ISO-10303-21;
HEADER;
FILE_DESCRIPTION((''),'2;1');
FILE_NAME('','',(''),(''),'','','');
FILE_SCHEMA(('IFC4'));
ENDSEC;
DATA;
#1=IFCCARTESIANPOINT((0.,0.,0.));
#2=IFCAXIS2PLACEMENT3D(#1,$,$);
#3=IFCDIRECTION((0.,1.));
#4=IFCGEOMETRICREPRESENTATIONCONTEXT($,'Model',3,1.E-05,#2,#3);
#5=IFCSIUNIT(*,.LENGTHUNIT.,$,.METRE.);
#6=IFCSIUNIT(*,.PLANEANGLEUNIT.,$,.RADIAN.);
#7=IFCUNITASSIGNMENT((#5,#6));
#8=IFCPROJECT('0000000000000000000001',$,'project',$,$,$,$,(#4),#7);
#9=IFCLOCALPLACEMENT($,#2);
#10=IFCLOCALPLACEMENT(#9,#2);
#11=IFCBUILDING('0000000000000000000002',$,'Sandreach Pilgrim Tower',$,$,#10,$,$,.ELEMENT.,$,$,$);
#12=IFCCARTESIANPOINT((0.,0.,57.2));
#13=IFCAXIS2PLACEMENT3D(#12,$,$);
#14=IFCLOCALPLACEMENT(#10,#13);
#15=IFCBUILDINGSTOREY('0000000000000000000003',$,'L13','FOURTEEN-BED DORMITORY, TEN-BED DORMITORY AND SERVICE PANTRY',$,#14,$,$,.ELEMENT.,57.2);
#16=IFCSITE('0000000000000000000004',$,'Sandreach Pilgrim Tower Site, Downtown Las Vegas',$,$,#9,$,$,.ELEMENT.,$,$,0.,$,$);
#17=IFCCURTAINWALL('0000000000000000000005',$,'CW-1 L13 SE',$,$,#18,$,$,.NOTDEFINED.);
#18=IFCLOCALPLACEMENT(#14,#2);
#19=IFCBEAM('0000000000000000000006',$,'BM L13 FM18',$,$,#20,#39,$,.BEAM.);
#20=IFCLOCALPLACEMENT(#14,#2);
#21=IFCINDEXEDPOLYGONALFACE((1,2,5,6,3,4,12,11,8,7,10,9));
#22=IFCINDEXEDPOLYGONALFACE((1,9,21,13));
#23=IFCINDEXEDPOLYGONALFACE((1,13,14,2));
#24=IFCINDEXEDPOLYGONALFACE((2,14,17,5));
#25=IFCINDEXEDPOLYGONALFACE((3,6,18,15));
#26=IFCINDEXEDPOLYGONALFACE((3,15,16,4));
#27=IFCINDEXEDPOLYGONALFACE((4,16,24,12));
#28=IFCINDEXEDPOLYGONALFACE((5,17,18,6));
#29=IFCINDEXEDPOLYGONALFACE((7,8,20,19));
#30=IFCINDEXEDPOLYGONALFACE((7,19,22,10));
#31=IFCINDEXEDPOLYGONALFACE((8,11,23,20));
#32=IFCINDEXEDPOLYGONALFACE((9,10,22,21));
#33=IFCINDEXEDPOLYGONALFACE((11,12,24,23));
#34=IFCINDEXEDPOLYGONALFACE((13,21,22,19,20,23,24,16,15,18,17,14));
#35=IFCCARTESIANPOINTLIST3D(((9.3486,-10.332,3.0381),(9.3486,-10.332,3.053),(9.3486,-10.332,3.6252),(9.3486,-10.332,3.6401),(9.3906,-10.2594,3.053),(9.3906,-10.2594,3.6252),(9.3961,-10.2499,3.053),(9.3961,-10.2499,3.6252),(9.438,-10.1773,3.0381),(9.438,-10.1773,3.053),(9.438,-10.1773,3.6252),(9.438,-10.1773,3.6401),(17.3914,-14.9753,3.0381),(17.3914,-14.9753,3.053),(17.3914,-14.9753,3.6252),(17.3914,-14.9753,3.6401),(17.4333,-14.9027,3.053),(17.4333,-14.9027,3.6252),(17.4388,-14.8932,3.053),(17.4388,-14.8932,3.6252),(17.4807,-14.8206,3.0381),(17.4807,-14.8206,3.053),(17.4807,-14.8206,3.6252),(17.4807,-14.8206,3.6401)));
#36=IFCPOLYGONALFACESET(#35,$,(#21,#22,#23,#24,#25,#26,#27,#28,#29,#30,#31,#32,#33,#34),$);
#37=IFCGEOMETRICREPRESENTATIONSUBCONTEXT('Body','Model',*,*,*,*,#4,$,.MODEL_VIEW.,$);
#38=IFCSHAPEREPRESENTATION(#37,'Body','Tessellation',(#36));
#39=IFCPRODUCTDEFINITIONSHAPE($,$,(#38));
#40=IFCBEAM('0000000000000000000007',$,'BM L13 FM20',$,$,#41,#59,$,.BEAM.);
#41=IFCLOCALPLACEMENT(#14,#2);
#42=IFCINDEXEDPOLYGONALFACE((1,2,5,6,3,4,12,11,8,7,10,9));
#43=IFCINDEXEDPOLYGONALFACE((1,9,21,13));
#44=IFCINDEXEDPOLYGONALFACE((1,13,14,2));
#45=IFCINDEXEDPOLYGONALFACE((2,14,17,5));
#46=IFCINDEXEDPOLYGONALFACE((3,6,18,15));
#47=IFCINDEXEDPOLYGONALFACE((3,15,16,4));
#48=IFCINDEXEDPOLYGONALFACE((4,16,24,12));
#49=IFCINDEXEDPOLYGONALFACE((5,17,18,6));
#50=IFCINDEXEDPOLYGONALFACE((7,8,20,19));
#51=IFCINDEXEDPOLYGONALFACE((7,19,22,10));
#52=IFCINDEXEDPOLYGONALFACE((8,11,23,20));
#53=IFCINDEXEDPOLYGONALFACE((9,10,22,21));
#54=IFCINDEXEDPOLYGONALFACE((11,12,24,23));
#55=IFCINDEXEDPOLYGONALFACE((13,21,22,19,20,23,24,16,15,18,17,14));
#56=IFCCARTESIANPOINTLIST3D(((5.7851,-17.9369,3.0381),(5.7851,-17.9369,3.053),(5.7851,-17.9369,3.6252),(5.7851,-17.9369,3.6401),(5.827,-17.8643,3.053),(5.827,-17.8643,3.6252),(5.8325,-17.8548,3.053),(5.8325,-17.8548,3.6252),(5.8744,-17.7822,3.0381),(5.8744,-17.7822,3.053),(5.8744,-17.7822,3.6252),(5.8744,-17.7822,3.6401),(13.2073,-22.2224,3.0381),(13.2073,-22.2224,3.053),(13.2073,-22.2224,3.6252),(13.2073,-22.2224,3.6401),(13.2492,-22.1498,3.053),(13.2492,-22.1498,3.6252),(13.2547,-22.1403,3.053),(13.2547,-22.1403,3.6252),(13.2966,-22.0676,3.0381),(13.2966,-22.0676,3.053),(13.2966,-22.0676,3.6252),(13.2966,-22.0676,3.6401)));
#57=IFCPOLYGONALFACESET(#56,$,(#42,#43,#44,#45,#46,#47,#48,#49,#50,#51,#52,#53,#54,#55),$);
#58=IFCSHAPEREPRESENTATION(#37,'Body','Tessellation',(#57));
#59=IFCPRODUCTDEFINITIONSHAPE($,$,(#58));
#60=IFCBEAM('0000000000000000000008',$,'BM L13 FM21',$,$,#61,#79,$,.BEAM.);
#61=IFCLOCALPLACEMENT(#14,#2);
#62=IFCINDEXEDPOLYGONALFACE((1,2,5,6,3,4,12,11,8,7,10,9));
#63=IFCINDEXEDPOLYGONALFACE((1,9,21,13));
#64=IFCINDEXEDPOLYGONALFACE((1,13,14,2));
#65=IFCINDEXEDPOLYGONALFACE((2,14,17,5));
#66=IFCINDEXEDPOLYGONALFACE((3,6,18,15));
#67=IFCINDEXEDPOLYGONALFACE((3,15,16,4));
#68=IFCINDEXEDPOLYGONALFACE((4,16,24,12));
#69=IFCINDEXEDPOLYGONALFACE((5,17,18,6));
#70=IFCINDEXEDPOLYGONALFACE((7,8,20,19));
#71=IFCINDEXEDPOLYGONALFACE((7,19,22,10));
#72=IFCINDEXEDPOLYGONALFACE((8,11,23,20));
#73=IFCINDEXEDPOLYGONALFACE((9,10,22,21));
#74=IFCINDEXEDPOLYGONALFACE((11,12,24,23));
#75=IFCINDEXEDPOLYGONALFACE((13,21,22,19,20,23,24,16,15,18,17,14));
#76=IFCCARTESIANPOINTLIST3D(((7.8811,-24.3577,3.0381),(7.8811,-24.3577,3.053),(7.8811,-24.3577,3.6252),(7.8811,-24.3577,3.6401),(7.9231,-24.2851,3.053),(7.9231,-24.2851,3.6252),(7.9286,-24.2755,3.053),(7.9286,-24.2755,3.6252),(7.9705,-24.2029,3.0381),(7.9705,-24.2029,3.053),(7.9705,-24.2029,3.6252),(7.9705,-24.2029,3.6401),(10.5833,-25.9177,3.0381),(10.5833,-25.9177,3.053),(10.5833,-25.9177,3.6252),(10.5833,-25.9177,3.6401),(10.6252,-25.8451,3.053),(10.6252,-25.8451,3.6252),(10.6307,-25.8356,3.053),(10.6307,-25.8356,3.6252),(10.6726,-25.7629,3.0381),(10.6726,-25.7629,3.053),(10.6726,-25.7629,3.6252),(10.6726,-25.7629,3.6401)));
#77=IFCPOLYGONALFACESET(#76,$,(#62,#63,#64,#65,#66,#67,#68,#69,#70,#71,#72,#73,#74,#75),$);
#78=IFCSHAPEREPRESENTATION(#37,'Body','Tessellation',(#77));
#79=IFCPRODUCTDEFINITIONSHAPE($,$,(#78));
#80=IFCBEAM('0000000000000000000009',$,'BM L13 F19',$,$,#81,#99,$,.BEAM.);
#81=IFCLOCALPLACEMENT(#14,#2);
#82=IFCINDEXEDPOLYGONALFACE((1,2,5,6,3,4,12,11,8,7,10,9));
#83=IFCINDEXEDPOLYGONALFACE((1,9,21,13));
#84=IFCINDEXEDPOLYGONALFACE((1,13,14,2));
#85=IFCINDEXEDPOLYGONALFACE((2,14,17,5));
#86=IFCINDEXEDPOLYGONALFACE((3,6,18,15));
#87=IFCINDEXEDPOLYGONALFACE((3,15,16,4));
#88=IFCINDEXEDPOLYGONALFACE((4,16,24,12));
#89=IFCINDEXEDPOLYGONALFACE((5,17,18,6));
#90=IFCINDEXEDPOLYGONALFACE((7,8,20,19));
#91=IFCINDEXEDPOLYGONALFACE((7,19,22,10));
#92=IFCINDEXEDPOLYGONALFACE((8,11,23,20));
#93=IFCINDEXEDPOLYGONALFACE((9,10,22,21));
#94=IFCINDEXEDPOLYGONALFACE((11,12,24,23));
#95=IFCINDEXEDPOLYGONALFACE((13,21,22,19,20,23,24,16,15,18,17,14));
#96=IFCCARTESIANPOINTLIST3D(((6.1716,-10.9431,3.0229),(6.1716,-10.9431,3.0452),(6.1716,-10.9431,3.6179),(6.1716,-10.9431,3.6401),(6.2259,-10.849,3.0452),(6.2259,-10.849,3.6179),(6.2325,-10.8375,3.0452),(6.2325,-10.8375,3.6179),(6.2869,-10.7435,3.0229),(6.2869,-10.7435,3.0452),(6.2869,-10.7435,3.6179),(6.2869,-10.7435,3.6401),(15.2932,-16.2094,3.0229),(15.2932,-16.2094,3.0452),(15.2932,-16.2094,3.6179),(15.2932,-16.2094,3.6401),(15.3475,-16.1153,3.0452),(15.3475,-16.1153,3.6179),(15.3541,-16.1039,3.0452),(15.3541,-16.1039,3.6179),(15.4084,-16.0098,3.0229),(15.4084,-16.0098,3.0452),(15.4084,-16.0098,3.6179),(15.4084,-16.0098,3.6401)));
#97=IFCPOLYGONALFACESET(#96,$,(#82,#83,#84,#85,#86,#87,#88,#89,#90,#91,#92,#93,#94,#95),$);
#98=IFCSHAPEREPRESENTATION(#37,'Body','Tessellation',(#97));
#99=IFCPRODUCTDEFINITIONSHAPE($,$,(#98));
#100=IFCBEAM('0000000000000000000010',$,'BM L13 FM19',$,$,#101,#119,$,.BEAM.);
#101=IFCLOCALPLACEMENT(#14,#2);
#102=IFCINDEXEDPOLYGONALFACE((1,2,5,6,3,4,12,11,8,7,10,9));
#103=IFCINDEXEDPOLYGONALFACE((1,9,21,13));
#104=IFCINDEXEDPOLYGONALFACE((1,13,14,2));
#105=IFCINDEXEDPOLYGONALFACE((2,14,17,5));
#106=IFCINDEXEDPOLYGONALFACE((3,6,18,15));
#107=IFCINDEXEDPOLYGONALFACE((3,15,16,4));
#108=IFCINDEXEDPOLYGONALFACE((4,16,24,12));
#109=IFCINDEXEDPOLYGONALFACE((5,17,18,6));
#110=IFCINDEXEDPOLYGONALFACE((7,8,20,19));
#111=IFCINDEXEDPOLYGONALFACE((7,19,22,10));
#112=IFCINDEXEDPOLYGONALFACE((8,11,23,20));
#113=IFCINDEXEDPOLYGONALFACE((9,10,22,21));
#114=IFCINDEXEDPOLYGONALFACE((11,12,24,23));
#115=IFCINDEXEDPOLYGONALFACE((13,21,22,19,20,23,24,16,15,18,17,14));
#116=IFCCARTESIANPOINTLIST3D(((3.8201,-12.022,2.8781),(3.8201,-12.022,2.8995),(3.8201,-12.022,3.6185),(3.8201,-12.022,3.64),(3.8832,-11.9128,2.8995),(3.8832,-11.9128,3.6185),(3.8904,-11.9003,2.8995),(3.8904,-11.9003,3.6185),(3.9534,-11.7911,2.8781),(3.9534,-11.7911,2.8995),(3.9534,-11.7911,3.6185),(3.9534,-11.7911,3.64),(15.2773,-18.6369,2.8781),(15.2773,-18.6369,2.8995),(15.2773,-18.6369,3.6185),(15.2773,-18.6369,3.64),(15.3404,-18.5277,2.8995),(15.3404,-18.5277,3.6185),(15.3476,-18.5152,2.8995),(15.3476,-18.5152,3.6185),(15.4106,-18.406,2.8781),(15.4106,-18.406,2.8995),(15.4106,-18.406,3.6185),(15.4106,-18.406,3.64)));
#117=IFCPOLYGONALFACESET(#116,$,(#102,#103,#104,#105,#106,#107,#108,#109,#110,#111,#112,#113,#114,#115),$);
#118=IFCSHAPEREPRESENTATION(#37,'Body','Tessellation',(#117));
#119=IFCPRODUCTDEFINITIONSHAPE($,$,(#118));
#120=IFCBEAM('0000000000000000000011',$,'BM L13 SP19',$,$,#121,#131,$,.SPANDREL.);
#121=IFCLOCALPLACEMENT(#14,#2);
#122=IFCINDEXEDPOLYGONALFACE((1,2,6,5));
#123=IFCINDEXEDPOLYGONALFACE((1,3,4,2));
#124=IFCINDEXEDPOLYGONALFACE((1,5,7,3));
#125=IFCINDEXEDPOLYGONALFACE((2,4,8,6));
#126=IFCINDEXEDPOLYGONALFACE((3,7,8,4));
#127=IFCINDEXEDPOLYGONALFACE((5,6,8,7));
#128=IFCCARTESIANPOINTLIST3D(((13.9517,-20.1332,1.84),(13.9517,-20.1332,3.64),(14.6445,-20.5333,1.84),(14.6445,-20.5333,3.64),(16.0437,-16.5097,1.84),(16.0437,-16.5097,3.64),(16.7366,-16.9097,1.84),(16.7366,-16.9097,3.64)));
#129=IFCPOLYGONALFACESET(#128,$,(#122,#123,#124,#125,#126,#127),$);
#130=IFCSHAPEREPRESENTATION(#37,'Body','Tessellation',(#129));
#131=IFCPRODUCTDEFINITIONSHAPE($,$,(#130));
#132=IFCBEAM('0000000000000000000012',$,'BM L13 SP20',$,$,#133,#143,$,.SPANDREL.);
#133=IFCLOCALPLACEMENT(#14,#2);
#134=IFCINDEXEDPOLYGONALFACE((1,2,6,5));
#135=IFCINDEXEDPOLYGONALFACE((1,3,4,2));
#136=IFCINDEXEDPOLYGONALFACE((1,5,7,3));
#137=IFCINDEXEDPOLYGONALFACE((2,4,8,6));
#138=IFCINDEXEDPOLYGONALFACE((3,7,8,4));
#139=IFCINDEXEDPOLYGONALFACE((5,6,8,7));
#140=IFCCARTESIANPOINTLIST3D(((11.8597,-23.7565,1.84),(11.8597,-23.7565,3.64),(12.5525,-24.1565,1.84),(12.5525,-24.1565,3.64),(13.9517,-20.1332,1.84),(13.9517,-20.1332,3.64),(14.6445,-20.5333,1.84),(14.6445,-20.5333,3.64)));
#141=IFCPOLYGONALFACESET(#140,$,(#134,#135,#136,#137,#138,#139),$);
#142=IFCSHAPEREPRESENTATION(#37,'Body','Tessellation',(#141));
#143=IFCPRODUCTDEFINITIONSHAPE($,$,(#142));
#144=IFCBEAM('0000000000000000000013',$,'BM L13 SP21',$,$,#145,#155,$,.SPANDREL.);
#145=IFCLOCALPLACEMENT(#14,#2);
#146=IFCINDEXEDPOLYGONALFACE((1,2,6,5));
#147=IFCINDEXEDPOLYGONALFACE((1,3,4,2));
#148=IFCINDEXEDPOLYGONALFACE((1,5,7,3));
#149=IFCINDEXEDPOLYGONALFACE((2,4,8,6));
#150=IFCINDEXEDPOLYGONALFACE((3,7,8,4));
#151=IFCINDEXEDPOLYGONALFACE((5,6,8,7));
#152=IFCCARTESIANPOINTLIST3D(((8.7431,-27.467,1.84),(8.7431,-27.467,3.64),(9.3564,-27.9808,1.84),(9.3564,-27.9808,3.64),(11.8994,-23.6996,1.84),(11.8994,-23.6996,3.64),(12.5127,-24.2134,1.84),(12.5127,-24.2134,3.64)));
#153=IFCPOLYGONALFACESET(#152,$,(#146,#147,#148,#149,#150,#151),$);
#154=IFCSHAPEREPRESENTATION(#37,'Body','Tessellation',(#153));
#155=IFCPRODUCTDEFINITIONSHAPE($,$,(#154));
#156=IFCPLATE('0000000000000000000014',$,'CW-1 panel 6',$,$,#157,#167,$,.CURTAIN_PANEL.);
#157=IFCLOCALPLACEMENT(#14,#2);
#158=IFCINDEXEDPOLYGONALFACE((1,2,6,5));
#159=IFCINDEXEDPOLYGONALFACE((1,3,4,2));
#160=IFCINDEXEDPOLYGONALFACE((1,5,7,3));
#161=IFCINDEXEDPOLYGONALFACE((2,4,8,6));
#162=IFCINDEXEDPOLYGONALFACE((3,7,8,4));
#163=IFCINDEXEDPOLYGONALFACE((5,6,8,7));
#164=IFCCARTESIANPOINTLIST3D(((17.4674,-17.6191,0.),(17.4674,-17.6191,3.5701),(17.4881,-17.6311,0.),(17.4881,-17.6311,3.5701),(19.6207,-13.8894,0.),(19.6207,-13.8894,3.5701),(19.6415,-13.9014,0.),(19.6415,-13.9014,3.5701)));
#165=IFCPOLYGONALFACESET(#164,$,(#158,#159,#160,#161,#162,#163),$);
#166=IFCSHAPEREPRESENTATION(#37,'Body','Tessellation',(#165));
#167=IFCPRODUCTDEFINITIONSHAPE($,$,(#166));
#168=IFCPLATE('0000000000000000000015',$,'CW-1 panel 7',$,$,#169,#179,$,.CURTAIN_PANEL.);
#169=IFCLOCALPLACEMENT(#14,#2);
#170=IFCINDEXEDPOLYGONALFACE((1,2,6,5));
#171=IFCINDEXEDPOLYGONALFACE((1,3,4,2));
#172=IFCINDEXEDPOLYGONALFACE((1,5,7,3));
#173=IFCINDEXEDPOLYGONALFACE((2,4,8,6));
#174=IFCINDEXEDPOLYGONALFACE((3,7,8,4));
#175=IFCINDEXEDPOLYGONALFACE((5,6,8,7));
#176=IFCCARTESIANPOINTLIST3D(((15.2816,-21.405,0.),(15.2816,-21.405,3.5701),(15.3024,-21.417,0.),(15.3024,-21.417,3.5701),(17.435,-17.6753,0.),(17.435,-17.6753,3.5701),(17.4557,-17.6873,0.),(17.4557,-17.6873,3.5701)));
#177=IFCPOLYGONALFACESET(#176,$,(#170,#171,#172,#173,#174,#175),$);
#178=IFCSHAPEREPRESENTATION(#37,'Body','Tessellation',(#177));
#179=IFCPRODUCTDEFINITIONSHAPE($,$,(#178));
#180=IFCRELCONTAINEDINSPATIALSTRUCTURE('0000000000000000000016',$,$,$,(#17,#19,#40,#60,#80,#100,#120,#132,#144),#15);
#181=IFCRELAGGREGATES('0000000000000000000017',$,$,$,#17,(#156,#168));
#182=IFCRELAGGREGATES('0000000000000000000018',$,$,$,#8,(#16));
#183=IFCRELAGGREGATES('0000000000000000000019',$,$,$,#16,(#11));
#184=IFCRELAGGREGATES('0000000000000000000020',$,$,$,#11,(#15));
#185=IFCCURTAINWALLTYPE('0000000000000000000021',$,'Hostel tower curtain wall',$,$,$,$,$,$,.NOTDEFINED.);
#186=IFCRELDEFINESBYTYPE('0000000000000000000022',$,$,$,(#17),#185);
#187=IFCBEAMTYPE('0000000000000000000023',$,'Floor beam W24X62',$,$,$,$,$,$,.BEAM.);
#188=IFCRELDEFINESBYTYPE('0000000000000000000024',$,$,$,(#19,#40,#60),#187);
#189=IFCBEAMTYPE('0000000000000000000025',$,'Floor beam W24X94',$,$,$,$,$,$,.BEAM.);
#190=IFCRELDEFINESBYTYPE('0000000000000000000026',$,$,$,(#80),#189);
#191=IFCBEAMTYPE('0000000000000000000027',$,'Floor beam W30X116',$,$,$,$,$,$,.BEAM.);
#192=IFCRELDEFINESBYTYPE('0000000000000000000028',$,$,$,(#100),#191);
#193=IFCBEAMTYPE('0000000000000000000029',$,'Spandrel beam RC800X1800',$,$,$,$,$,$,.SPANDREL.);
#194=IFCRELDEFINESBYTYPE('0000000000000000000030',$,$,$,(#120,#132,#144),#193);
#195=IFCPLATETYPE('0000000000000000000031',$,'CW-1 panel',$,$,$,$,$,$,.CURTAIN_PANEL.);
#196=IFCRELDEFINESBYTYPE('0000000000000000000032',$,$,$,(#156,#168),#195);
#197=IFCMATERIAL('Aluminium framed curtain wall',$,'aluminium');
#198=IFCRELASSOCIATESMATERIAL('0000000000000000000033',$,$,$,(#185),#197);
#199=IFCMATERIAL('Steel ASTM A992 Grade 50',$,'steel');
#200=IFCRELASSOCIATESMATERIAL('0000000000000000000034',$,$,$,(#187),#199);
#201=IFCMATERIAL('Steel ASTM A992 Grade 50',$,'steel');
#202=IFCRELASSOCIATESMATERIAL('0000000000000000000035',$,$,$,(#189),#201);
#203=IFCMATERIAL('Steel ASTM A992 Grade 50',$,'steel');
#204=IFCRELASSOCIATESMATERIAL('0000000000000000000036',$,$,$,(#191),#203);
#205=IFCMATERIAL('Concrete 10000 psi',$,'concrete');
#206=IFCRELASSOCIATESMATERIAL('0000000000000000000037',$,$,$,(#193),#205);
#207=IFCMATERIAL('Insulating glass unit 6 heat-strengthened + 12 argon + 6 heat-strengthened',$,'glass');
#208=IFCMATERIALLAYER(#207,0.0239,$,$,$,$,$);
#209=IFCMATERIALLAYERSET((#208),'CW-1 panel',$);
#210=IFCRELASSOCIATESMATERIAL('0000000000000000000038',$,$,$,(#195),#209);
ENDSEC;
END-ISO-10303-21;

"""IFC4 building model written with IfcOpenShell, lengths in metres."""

from ifc_helpers import new_model, si_unit, direction, frame, origin, origin_2d, place, context, subcontext, project, spatial, rectangle, i_section, extrude, material, layer, layer_set, material_profile, profile_set, type_object, element, aggregate, save


model = new_model("IFC4")

# Units and contexts
model_context = context("Model", 3, precision=1e-05, world=origin(), true_north=direction((0.0, 1.0)))
body_context = subcontext(model_context, "Body", "Model", "MODEL_VIEW")
ifc_project = project(units=[si_unit("LENGTHUNIT", "METRE"), si_unit("PLANEANGLEUNIT", "RADIAN")], contexts=[model_context])

# Site, building, storey
site_placement = place(None, origin())
site = spatial("IfcSite", under=ifc_project, at=site_placement, Name="Sandreach Pilgrim Tower Site, Downtown Las Vegas", CompositionType="ELEMENT", RefElevation=0.0)
building_placement = place(site_placement, origin())
building = spatial("IfcBuilding", under=site, at=building_placement, Name="Sandreach Pilgrim Tower", CompositionType="ELEMENT")
storey_placement = place(building_placement, frame((0.0, 0.0, 57.2)))
storey = spatial("IfcBuildingStorey", under=building, at=storey_placement, Name="L13", Description="FOURTEEN-BED DORMITORY, TEN-BED DORMITORY AND SERVICE PANTRY", CompositionType="ELEMENT", Elevation=57.2)

# Curtain wall
ifc_material_1 = material(Name="Aluminium framed curtain wall", Category="aluminium")
curtain_wall_type = type_object("IfcCurtainWallType", Name="Hostel tower curtain wall", PredefinedType="NOTDEFINED", material=ifc_material_1)
curtain_wall_placement = place(storey_placement, origin())
curtain_wall = element("IfcCurtainWall", 1, at=curtain_wall_placement, inside=storey, type_object=curtain_wall_type, Name="CW-1 L13 SE", PredefinedType="NOTDEFINED")

# Beams
ifc_material_2 = material(Name="Steel ASTM A992 Grade 50", Category="steel")
ifc_material_profile_1 = material_profile(ifc_material_2, i_section(OverallWidth=0.1787, OverallDepth=0.6021, WebThickness=0.011, FlangeThickness=0.0149, at=origin_2d()), Name="W24X62")
ifc_profile_set_1 = profile_set([ifc_material_profile_1], Name="Steel ASTM A992 Grade 50")
beam_type_1 = type_object("IfcBeamType", Name="Floor beam W24X62", PredefinedType="BEAM", material=ifc_profile_set_1)
beam_1_placement = place(storey_placement, frame((17.436, -14.8979, 3.3391), z_axis=(-0.866033, 0.499987, 0.0), x_axis=(-0.499987, -0.866033, 0.0)))
element("IfcBeam", 2, at=beam_1_placement, inside=storey, type_object=beam_type_1, Name="BM L13 FM18", PredefinedType="BEAM", context=body_context, shape_type="SweptSolid", body=[
    extrude(i_section(OverallWidth=0.1787, OverallDepth=0.6021, WebThickness=0.011, FlangeThickness=0.0149, at=origin_2d()), origin(), (0.0, 0.0, 1.0), 9.2869),
])
beam_2_placement = place(storey_placement, frame((13.252, -22.145, 3.3391), z_axis=(-0.866013, 0.500021, 0.0), x_axis=(-0.500021, -0.866013, 0.0)))
element("IfcBeam", 3, at=beam_2_placement, inside=storey, type_object=beam_type_1, Name="BM L13 FM20", PredefinedType="BEAM", context=body_context, shape_type="SweptSolid", body=[
    extrude(i_section(OverallWidth=0.1787, OverallDepth=0.6021, WebThickness=0.011, FlangeThickness=0.0149, at=origin_2d()), origin(), (0.0, 0.0, 1.0), 8.5706),
])
beam_3_placement = place(storey_placement, frame((10.6279, -25.8403, 3.3391), z_axis=(-0.866029, 0.499993, 0.0), x_axis=(-0.499993, -0.866029, 0.0)))
element("IfcBeam", 4, at=beam_3_placement, inside=storey, type_object=beam_type_1, Name="BM L13 FM21", PredefinedType="BEAM", context=body_context, shape_type="SweptSolid", body=[
    extrude(i_section(OverallWidth=0.1787, OverallDepth=0.6021, WebThickness=0.011, FlangeThickness=0.0149, at=origin_2d()), origin(), (0.0, 0.0, 1.0), 3.1201),
])
ifc_material_3 = material(Name="Steel ASTM A992 Grade 50", Category="steel")
ifc_material_profile_2 = material_profile(ifc_material_3, i_section(OverallWidth=0.2305, OverallDepth=0.6172, WebThickness=0.0132, FlangeThickness=0.0222, at=origin_2d()), Name="W24X94")
ifc_profile_set_2 = profile_set([ifc_material_profile_2], Name="Steel ASTM A992 Grade 50")
beam_type_2 = type_object("IfcBeamType", Name="Floor beam W24X94", PredefinedType="BEAM", material=ifc_profile_set_2)
beam_4_placement = place(storey_placement, frame((15.3508, -16.1096, 3.3315), z_axis=(-0.866025, 0.500001, 0.0), x_axis=(-0.500001, -0.866025, 0.0)))
element("IfcBeam", 5, at=beam_4_placement, inside=storey, type_object=beam_type_2, Name="BM L13 F19", PredefinedType="BEAM", context=body_context, shape_type="SweptSolid", body=[
    extrude(i_section(OverallWidth=0.2305, OverallDepth=0.6172, WebThickness=0.0132, FlangeThickness=0.0222, at=origin_2d()), origin(), (0.0, 0.0, 1.0), 10.5327),
])
ifc_material_4 = material(Name="Steel ASTM A992 Grade 50", Category="steel")
ifc_material_profile_3 = material_profile(ifc_material_4, i_section(OverallWidth=0.2666, OverallDepth=0.762, WebThickness=0.0144, FlangeThickness=0.0215, at=origin_2d()), Name="W30X116")
ifc_profile_set_3 = profile_set([ifc_material_profile_3], Name="Steel ASTM A992 Grade 50")
beam_type_3 = type_object("IfcBeamType", Name="Floor beam W30X116", PredefinedType="BEAM", material=ifc_profile_set_3)
beam_5_placement = place(storey_placement, frame((15.344, -18.5215, 3.259), z_axis=(-0.866021, 0.500007, 0.0), x_axis=(-0.500007, -0.866021, 0.0)))
element("IfcBeam", 6, at=beam_5_placement, inside=storey, type_object=beam_type_3, Name="BM L13 FM19", PredefinedType="BEAM", context=body_context, shape_type="SweptSolid", body=[
    extrude(i_section(OverallWidth=0.2666, OverallDepth=0.762, WebThickness=0.0144, FlangeThickness=0.0215, at=origin_2d()), origin(), (0.0, 0.0, 1.0), 13.2297),
])
ifc_material_5 = material(Name="Concrete 10000 psi", Category="concrete")
ifc_material_profile_4 = material_profile(ifc_material_5, rectangle(XDim=0.8, YDim=1.8, at=origin_2d()), Name="RC800X1800")
ifc_profile_set_4 = profile_set([ifc_material_profile_4], Name="Concrete 10000 psi")
beam_type_4 = type_object("IfcBeamType", Name="Spandrel beam RC800X1800", PredefinedType="SPANDREL", material=ifc_profile_set_4)
beam_6_placement = place(storey_placement, frame((16.3901, -16.7097, 2.74), z_axis=(-0.499999, -0.866026, 0.0), x_axis=(0.866026, -0.499999, 0.0)))
element("IfcBeam", 7, at=beam_6_placement, inside=storey, type_object=beam_type_4, Name="BM L13 SP19", PredefinedType="SPANDREL", context=body_context, shape_type="SweptSolid", body=[
    extrude(rectangle(XDim=0.8, YDim=1.8, at=origin_2d()), origin(), (0.0, 0.0, 1.0), 4.1841),
])
beam_7_placement = place(storey_placement, frame((14.2981, -20.3333, 2.74), z_axis=(-0.500024, -0.866012, 0.0), x_axis=(0.866012, -0.500024, 0.0)))
element("IfcBeam", 8, at=beam_7_placement, inside=storey, type_object=beam_type_4, Name="BM L13 SP20", PredefinedType="SPANDREL", context=body_context, shape_type="SweptSolid", body=[
    extrude(rectangle(XDim=0.8, YDim=1.8, at=origin_2d()), origin(), (0.0, 0.0, 1.0), 4.1838),
])
beam_8_placement = place(storey_placement, frame((12.2061, -23.9565, 2.74), z_axis=(-0.6422, -0.766537, 0.0), x_axis=(0.766537, -0.6422, 0.0)))
element("IfcBeam", 9, at=beam_8_placement, inside=storey, type_object=beam_type_4, Name="BM L13 SP21", PredefinedType="SPANDREL", context=body_context, shape_type="SweptSolid", body=[
    extrude(rectangle(XDim=0.8, YDim=1.8, at=origin_2d()), origin(), (0.0, 0.0, 1.0), 4.9148),
])

# Plates
ifc_material_6 = material(Name="Insulating glass unit 6 heat-strengthened + 12 argon + 6 heat-strengthened", Category="glass")
ifc_layer_1 = layer(ifc_material_6, 0.0239)
ifc_layer_set_1 = layer_set([ifc_layer_1], Name="CW-1 panel")
plate_type = type_object("IfcPlateType", Name="CW-1 panel", PredefinedType="CURTAIN_PANEL", material=ifc_layer_set_1)
plate_1_placement = place(storey_placement, frame((18.5544, -15.7603, 0.0), z_axis=(0.0, 0.0, 1.0), x_axis=(-0.5, -0.866025, 0.0)))
plate_1 = element("IfcPlate", 10, at=plate_1_placement, type_object=plate_type, Name="CW-1 panel 6", PredefinedType="CURTAIN_PANEL", context=body_context, shape_type="SweptSolid", body=[
    extrude(rectangle(XDim=4.3066, YDim=0.0239, at=origin_2d()), origin(), (0.0, 0.0, 1.0), 3.5701),
])
plate_2_placement = place(storey_placement, frame((16.3687, -19.5461, 0.0), z_axis=(0.0, 0.0, 1.0), x_axis=(-0.5, -0.866025, 0.0)))
plate_2 = element("IfcPlate", 11, at=plate_2_placement, type_object=plate_type, Name="CW-1 panel 7", PredefinedType="CURTAIN_PANEL", context=body_context, shape_type="SweptSolid", body=[
    extrude(rectangle(XDim=4.3066, YDim=0.0239, at=origin_2d()), origin(), (0.0, 0.0, 1.0), 3.5701),
])
aggregate(curtain_wall, [plate_1, plate_2])

save(model, "model.ifc")
